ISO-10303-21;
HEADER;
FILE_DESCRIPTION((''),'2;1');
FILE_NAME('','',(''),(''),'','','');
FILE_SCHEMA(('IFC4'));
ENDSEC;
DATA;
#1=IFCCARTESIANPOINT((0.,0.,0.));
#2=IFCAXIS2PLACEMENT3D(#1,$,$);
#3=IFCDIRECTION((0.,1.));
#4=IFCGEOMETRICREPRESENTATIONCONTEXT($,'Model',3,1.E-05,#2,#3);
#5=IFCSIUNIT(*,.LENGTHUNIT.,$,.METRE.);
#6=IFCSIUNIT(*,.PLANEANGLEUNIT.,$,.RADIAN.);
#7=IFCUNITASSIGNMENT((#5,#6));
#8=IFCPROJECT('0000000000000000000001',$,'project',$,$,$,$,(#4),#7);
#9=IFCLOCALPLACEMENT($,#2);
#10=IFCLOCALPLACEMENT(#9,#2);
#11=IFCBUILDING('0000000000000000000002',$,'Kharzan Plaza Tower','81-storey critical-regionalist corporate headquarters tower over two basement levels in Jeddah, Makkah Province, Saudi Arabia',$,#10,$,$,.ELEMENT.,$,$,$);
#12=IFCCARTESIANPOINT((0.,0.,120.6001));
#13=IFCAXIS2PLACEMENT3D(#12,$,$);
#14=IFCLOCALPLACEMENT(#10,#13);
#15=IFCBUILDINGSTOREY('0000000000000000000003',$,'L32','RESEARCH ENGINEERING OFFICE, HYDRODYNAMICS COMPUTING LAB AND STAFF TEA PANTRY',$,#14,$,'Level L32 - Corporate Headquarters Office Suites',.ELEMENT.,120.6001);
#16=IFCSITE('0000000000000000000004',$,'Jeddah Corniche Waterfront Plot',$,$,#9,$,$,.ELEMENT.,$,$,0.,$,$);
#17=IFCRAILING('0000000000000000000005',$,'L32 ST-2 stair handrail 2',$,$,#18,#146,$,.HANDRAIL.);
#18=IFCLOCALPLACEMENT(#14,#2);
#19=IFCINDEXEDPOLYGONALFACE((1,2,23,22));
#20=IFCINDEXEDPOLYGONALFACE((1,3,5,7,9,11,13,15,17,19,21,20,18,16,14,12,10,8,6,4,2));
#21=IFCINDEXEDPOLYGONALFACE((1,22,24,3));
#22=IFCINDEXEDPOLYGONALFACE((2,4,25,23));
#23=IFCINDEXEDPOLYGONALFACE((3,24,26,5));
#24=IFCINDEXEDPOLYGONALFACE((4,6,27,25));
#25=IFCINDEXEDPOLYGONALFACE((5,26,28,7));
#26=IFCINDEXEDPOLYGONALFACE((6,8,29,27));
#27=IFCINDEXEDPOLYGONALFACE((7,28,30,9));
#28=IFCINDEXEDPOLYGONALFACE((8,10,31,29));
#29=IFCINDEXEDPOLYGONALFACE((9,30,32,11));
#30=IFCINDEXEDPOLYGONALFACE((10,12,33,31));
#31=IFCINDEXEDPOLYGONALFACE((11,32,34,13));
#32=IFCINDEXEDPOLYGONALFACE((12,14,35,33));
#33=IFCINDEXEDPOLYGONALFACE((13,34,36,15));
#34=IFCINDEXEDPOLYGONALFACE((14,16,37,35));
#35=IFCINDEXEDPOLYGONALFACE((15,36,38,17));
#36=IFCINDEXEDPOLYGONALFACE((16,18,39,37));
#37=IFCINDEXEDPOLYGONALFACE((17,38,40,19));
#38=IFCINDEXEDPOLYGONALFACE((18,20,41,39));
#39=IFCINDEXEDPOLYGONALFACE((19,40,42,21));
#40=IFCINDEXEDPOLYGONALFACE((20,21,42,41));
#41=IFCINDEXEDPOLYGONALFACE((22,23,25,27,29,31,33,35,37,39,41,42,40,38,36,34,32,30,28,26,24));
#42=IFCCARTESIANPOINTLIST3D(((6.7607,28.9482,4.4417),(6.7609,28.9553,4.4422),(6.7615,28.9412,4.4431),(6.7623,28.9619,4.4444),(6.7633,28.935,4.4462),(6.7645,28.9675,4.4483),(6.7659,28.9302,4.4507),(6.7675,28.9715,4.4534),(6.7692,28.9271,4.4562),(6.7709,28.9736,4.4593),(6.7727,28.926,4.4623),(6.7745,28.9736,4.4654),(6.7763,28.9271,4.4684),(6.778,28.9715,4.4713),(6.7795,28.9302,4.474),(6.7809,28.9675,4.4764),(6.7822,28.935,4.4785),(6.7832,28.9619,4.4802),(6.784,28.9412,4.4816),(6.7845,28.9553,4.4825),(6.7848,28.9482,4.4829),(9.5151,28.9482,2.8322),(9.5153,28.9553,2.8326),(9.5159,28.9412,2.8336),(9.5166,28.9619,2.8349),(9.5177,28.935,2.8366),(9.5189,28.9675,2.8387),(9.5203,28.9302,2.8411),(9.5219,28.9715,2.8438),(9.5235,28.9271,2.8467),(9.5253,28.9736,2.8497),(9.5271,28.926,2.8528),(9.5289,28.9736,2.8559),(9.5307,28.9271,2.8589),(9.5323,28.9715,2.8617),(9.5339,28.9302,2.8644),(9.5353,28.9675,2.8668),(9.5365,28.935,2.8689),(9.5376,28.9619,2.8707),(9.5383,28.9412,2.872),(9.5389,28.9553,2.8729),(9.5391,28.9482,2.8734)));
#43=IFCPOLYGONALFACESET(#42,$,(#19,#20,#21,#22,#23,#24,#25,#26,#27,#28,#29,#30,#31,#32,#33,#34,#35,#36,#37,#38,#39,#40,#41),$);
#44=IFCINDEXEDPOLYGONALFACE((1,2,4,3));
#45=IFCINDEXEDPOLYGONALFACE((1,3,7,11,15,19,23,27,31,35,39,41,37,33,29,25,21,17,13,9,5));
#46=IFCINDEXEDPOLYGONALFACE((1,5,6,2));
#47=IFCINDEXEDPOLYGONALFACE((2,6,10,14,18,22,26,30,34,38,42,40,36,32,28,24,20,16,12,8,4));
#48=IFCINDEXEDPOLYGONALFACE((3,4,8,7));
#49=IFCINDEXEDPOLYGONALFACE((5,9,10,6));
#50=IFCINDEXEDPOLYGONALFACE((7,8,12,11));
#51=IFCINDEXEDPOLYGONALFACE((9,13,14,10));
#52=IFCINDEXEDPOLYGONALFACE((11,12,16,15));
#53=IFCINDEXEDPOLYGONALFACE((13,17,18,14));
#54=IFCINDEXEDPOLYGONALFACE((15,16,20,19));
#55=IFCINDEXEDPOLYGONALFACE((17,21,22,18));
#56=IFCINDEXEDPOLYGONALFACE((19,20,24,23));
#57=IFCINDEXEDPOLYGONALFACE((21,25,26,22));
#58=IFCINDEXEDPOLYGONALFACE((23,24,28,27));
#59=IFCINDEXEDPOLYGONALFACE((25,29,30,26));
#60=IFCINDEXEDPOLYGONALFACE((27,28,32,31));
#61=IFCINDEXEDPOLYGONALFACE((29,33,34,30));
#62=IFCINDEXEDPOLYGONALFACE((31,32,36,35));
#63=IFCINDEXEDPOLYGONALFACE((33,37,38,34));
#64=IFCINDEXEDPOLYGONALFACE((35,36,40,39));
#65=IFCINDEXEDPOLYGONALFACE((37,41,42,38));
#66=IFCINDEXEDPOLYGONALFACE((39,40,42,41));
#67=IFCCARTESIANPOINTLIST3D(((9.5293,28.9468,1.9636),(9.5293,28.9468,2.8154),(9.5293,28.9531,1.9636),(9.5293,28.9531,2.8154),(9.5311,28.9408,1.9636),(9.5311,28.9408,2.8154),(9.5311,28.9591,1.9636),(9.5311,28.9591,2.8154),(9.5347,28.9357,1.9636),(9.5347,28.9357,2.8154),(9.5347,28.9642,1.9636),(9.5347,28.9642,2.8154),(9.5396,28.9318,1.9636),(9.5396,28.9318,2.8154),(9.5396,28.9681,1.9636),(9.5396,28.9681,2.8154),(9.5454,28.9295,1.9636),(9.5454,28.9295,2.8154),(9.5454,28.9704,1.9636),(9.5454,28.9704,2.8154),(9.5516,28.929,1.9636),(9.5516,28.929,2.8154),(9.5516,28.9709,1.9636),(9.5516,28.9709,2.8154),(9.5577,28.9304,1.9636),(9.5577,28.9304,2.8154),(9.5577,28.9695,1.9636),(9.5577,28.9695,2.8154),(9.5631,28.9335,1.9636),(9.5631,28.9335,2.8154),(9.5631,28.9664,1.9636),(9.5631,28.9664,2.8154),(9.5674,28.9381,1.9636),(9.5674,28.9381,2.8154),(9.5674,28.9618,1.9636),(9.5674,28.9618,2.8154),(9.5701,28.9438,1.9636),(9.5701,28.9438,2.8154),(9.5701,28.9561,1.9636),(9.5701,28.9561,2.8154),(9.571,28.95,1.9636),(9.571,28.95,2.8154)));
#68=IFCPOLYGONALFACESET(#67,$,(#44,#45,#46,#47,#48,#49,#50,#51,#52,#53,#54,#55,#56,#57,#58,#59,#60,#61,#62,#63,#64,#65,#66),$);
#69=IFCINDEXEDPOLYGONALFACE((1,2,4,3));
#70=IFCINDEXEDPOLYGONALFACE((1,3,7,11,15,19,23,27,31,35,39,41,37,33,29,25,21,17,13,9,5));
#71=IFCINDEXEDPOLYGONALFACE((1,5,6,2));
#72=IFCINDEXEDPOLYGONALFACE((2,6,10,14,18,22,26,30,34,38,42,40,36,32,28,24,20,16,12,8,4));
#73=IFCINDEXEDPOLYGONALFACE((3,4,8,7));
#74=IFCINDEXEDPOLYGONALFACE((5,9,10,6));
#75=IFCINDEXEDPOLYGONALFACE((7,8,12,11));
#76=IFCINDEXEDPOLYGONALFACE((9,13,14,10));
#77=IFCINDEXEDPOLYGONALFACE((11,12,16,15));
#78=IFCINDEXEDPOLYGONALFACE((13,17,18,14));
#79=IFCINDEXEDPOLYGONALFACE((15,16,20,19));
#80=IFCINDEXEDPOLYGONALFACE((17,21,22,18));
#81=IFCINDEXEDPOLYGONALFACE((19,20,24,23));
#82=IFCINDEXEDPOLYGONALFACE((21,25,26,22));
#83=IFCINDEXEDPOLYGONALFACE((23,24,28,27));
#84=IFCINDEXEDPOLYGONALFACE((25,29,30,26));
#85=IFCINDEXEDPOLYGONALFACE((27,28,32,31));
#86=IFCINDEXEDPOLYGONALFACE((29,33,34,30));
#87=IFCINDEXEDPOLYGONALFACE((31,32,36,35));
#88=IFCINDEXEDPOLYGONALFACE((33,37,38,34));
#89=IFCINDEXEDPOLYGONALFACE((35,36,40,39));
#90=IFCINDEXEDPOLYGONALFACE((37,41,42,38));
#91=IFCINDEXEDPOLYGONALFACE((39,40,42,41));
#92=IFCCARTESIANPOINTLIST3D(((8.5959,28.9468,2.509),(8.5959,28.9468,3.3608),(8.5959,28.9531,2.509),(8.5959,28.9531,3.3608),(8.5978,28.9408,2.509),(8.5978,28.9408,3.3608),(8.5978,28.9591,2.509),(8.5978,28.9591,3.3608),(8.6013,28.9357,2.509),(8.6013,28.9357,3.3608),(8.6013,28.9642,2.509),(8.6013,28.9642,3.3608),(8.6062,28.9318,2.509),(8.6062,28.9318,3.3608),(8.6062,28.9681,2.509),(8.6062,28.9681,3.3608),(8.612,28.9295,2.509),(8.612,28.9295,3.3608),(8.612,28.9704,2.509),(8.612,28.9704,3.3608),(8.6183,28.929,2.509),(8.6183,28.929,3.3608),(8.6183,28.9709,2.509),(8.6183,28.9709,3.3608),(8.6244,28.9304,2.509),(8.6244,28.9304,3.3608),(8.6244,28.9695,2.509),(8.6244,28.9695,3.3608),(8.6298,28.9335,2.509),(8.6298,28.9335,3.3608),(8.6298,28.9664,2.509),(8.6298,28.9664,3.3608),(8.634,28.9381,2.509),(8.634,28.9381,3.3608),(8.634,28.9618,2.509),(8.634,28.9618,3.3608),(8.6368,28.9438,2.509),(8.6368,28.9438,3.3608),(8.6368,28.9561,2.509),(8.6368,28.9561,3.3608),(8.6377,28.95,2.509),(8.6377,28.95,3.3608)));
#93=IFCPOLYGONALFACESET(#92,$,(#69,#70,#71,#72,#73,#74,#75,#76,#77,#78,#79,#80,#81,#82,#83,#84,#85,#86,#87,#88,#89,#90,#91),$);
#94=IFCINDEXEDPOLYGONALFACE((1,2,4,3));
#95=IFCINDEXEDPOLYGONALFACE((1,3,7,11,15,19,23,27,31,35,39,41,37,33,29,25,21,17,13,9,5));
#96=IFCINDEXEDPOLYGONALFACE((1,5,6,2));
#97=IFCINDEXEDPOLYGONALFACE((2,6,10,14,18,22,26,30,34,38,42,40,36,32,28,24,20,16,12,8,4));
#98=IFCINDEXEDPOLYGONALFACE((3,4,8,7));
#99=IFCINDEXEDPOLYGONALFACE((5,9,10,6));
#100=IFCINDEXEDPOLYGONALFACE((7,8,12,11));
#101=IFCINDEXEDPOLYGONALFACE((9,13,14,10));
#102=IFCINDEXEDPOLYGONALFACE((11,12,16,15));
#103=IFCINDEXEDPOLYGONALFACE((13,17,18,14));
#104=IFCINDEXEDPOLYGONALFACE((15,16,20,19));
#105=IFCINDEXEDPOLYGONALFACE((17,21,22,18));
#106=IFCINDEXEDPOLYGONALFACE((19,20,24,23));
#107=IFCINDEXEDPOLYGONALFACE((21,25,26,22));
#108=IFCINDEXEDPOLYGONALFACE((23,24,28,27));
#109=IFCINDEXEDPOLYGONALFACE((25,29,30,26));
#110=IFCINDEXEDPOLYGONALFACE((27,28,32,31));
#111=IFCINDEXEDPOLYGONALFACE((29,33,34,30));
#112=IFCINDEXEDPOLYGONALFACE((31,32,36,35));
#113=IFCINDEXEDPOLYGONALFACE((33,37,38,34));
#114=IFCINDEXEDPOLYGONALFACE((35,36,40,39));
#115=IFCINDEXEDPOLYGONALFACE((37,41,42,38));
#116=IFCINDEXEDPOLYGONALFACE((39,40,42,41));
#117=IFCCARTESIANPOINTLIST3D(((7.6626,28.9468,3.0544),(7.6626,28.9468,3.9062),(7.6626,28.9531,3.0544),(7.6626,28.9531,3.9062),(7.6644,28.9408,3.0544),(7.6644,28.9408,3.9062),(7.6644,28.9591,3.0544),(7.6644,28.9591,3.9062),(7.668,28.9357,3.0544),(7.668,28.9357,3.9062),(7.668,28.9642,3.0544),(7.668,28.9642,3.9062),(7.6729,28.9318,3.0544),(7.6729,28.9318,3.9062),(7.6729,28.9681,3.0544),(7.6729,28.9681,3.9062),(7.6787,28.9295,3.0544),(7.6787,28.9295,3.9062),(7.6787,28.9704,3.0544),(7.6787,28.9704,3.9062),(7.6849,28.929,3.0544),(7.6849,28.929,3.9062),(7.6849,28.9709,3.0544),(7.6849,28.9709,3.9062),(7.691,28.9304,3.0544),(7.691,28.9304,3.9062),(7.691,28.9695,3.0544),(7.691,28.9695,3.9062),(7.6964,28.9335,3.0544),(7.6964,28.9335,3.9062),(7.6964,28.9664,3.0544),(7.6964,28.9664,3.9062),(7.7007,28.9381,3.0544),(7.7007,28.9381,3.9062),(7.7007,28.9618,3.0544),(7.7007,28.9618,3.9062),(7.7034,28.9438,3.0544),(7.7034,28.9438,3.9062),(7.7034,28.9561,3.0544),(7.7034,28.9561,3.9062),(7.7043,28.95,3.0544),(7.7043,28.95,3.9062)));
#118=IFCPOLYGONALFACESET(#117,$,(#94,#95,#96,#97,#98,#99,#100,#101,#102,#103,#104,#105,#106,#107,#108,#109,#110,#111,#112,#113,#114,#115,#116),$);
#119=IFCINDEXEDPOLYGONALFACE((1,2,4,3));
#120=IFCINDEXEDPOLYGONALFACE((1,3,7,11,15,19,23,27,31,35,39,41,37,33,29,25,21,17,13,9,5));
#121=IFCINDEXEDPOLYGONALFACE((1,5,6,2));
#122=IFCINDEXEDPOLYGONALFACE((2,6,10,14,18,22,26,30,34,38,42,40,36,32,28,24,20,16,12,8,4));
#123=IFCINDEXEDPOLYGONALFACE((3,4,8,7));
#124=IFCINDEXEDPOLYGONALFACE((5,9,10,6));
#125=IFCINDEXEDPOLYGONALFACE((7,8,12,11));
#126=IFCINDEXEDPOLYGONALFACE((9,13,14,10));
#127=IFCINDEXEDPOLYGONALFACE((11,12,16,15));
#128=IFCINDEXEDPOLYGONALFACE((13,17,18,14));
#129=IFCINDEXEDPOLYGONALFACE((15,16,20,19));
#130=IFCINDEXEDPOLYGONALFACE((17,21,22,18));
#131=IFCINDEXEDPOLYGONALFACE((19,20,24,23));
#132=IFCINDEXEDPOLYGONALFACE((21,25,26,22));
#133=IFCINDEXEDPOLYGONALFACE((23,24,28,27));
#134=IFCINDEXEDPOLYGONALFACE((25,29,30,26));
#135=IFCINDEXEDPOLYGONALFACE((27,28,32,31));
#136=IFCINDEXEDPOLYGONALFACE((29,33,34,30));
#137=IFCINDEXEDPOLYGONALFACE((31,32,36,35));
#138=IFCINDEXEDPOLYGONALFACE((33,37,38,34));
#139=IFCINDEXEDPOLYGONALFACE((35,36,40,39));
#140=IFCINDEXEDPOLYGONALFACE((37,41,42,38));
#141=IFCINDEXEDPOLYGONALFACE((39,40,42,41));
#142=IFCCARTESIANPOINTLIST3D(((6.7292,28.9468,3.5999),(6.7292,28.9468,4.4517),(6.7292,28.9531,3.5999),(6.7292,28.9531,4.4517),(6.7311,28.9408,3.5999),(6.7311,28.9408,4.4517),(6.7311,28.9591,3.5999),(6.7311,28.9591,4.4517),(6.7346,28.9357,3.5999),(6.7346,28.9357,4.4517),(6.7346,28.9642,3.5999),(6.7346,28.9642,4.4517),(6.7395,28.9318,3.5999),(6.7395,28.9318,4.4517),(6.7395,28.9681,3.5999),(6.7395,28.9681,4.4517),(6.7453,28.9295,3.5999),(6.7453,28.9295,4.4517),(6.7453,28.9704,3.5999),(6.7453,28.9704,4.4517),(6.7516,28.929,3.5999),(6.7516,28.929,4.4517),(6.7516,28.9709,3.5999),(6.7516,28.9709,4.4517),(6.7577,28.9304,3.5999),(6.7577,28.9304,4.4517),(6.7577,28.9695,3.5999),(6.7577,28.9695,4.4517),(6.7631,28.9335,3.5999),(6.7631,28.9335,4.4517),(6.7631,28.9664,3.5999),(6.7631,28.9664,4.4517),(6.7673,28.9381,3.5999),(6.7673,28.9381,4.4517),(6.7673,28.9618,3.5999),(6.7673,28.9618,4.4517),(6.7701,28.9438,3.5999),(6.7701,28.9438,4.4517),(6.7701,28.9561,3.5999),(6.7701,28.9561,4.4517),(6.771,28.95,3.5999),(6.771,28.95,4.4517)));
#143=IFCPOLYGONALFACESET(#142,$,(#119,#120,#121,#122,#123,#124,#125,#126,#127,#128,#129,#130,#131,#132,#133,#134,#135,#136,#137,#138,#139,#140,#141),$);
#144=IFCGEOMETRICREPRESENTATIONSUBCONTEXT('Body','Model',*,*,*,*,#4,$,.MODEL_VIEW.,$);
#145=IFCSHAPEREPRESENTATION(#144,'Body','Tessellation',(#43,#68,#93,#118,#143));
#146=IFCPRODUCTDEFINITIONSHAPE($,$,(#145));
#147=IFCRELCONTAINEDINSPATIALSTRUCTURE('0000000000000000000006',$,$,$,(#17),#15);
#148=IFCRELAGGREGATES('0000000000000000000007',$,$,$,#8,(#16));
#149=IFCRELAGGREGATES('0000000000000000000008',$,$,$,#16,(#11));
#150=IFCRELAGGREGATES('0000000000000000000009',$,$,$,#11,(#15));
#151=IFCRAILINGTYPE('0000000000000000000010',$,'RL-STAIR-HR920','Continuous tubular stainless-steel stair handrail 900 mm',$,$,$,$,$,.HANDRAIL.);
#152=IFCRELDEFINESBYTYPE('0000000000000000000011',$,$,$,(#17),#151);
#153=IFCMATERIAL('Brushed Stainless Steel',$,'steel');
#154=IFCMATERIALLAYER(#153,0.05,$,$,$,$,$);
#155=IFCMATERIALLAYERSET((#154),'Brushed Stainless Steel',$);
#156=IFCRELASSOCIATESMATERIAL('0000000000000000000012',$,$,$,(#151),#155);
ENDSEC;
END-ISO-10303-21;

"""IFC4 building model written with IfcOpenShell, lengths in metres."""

from ifc_helpers import new_model, si_unit, direction, frame, origin, origin_2d, place, context, subcontext, project, spatial, circle, extrude, source, transform, mapped, material, layer, layer_set, type_object, element, save


model = new_model("IFC4")

# Units and contexts
model_context = context("Model", 3, precision=1e-05, world=origin(), true_north=direction((0.0, 1.0)))
body_context = subcontext(model_context, "Body", "Model", "MODEL_VIEW")
ifc_project = project(units=[si_unit("LENGTHUNIT", "METRE"), si_unit("PLANEANGLEUNIT", "RADIAN")], contexts=[model_context])

# Site, building, storey
site_placement = place(None, origin())
site = spatial("IfcSite", under=ifc_project, at=site_placement, Name="Jeddah Corniche Waterfront Plot", CompositionType="ELEMENT", RefElevation=0.0)
building_placement = place(site_placement, origin())
building = spatial("IfcBuilding", under=site, at=building_placement, Name="Kharzan Plaza Tower", Description="81-storey critical-regionalist corporate headquarters tower over two basement levels in Jeddah, Makkah Province, Saudi Arabia", CompositionType="ELEMENT")
storey_placement = place(building_placement, frame((0.0, 0.0, 120.6001)))
storey = spatial("IfcBuildingStorey", under=building, at=storey_placement, Name="L32", Description="RESEARCH ENGINEERING OFFICE, HYDRODYNAMICS COMPUTING LAB AND STAFF TEA PANTRY", LongName="Level L32 - Corporate Headquarters Office Suites", CompositionType="ELEMENT", Elevation=120.6001)

# Shared definitions
ifc_material_1 = material(Name="Brushed Stainless Steel", Category="steel")

# Railing
ifc_layer_1 = layer(ifc_material_1, 0.05)
ifc_layer_set_1 = layer_set([ifc_layer_1], Name="Brushed Stainless Steel")
railing_type_1 = type_object("IfcRailingType", Name="RL-STAIR-HR920", Description="Continuous tubular stainless-steel stair handrail 900 mm", PredefinedType="HANDRAIL", material=ifc_layer_set_1)
shared_shape_1 = source(origin(), body_context, "Body", "SweptSolid", [
    extrude(circle(Radius=0.0239, at=origin_2d()), frame((-0.0229, 0.0, 0.8892), z_axis=(-0.863394, 0.0, 0.504531), x_axis=(0.0, -1.0, 0.0)), (0.0, 0.0, 1.0), 3.1902),
    extrude(circle(Radius=0.021, at=origin_2d()), origin(), (0.0, 0.0, 1.0), 0.8518),
    extrude(circle(Radius=0.021, at=origin_2d()), frame((-0.9333, 0.0, 0.5454)), (0.0, 0.0, 1.0), 0.8518),
    extrude(circle(Radius=0.021, at=origin_2d()), frame((-1.8667, 0.0, 1.0908)), (0.0, 0.0, 1.0), 0.8518),
    extrude(circle(Radius=0.021, at=origin_2d()), frame((-2.8, 0.0, 1.6362)), (0.0, 0.0, 1.0), 0.8518),
])
railing_1_placement = place(storey_placement, frame((9.55, 28.95, 1.9636)))
element("IfcRailing", 1, at=railing_1_placement, inside=storey, type_object=railing_type_1, Name="L32 ST-2 stair handrail 2", PredefinedType="HANDRAIL", context=body_context, shape_type="MappedRepresentation", body=[
    mapped(shared_shape_1, transform((0.0, 0.0, 0.0), x_axis=(1.0, 0.0, 0.0), y_axis=(0.0, 1.0, 0.0), z_axis=(0.0, 0.0, 1.0))),
])

save(model, "model.ifc")
